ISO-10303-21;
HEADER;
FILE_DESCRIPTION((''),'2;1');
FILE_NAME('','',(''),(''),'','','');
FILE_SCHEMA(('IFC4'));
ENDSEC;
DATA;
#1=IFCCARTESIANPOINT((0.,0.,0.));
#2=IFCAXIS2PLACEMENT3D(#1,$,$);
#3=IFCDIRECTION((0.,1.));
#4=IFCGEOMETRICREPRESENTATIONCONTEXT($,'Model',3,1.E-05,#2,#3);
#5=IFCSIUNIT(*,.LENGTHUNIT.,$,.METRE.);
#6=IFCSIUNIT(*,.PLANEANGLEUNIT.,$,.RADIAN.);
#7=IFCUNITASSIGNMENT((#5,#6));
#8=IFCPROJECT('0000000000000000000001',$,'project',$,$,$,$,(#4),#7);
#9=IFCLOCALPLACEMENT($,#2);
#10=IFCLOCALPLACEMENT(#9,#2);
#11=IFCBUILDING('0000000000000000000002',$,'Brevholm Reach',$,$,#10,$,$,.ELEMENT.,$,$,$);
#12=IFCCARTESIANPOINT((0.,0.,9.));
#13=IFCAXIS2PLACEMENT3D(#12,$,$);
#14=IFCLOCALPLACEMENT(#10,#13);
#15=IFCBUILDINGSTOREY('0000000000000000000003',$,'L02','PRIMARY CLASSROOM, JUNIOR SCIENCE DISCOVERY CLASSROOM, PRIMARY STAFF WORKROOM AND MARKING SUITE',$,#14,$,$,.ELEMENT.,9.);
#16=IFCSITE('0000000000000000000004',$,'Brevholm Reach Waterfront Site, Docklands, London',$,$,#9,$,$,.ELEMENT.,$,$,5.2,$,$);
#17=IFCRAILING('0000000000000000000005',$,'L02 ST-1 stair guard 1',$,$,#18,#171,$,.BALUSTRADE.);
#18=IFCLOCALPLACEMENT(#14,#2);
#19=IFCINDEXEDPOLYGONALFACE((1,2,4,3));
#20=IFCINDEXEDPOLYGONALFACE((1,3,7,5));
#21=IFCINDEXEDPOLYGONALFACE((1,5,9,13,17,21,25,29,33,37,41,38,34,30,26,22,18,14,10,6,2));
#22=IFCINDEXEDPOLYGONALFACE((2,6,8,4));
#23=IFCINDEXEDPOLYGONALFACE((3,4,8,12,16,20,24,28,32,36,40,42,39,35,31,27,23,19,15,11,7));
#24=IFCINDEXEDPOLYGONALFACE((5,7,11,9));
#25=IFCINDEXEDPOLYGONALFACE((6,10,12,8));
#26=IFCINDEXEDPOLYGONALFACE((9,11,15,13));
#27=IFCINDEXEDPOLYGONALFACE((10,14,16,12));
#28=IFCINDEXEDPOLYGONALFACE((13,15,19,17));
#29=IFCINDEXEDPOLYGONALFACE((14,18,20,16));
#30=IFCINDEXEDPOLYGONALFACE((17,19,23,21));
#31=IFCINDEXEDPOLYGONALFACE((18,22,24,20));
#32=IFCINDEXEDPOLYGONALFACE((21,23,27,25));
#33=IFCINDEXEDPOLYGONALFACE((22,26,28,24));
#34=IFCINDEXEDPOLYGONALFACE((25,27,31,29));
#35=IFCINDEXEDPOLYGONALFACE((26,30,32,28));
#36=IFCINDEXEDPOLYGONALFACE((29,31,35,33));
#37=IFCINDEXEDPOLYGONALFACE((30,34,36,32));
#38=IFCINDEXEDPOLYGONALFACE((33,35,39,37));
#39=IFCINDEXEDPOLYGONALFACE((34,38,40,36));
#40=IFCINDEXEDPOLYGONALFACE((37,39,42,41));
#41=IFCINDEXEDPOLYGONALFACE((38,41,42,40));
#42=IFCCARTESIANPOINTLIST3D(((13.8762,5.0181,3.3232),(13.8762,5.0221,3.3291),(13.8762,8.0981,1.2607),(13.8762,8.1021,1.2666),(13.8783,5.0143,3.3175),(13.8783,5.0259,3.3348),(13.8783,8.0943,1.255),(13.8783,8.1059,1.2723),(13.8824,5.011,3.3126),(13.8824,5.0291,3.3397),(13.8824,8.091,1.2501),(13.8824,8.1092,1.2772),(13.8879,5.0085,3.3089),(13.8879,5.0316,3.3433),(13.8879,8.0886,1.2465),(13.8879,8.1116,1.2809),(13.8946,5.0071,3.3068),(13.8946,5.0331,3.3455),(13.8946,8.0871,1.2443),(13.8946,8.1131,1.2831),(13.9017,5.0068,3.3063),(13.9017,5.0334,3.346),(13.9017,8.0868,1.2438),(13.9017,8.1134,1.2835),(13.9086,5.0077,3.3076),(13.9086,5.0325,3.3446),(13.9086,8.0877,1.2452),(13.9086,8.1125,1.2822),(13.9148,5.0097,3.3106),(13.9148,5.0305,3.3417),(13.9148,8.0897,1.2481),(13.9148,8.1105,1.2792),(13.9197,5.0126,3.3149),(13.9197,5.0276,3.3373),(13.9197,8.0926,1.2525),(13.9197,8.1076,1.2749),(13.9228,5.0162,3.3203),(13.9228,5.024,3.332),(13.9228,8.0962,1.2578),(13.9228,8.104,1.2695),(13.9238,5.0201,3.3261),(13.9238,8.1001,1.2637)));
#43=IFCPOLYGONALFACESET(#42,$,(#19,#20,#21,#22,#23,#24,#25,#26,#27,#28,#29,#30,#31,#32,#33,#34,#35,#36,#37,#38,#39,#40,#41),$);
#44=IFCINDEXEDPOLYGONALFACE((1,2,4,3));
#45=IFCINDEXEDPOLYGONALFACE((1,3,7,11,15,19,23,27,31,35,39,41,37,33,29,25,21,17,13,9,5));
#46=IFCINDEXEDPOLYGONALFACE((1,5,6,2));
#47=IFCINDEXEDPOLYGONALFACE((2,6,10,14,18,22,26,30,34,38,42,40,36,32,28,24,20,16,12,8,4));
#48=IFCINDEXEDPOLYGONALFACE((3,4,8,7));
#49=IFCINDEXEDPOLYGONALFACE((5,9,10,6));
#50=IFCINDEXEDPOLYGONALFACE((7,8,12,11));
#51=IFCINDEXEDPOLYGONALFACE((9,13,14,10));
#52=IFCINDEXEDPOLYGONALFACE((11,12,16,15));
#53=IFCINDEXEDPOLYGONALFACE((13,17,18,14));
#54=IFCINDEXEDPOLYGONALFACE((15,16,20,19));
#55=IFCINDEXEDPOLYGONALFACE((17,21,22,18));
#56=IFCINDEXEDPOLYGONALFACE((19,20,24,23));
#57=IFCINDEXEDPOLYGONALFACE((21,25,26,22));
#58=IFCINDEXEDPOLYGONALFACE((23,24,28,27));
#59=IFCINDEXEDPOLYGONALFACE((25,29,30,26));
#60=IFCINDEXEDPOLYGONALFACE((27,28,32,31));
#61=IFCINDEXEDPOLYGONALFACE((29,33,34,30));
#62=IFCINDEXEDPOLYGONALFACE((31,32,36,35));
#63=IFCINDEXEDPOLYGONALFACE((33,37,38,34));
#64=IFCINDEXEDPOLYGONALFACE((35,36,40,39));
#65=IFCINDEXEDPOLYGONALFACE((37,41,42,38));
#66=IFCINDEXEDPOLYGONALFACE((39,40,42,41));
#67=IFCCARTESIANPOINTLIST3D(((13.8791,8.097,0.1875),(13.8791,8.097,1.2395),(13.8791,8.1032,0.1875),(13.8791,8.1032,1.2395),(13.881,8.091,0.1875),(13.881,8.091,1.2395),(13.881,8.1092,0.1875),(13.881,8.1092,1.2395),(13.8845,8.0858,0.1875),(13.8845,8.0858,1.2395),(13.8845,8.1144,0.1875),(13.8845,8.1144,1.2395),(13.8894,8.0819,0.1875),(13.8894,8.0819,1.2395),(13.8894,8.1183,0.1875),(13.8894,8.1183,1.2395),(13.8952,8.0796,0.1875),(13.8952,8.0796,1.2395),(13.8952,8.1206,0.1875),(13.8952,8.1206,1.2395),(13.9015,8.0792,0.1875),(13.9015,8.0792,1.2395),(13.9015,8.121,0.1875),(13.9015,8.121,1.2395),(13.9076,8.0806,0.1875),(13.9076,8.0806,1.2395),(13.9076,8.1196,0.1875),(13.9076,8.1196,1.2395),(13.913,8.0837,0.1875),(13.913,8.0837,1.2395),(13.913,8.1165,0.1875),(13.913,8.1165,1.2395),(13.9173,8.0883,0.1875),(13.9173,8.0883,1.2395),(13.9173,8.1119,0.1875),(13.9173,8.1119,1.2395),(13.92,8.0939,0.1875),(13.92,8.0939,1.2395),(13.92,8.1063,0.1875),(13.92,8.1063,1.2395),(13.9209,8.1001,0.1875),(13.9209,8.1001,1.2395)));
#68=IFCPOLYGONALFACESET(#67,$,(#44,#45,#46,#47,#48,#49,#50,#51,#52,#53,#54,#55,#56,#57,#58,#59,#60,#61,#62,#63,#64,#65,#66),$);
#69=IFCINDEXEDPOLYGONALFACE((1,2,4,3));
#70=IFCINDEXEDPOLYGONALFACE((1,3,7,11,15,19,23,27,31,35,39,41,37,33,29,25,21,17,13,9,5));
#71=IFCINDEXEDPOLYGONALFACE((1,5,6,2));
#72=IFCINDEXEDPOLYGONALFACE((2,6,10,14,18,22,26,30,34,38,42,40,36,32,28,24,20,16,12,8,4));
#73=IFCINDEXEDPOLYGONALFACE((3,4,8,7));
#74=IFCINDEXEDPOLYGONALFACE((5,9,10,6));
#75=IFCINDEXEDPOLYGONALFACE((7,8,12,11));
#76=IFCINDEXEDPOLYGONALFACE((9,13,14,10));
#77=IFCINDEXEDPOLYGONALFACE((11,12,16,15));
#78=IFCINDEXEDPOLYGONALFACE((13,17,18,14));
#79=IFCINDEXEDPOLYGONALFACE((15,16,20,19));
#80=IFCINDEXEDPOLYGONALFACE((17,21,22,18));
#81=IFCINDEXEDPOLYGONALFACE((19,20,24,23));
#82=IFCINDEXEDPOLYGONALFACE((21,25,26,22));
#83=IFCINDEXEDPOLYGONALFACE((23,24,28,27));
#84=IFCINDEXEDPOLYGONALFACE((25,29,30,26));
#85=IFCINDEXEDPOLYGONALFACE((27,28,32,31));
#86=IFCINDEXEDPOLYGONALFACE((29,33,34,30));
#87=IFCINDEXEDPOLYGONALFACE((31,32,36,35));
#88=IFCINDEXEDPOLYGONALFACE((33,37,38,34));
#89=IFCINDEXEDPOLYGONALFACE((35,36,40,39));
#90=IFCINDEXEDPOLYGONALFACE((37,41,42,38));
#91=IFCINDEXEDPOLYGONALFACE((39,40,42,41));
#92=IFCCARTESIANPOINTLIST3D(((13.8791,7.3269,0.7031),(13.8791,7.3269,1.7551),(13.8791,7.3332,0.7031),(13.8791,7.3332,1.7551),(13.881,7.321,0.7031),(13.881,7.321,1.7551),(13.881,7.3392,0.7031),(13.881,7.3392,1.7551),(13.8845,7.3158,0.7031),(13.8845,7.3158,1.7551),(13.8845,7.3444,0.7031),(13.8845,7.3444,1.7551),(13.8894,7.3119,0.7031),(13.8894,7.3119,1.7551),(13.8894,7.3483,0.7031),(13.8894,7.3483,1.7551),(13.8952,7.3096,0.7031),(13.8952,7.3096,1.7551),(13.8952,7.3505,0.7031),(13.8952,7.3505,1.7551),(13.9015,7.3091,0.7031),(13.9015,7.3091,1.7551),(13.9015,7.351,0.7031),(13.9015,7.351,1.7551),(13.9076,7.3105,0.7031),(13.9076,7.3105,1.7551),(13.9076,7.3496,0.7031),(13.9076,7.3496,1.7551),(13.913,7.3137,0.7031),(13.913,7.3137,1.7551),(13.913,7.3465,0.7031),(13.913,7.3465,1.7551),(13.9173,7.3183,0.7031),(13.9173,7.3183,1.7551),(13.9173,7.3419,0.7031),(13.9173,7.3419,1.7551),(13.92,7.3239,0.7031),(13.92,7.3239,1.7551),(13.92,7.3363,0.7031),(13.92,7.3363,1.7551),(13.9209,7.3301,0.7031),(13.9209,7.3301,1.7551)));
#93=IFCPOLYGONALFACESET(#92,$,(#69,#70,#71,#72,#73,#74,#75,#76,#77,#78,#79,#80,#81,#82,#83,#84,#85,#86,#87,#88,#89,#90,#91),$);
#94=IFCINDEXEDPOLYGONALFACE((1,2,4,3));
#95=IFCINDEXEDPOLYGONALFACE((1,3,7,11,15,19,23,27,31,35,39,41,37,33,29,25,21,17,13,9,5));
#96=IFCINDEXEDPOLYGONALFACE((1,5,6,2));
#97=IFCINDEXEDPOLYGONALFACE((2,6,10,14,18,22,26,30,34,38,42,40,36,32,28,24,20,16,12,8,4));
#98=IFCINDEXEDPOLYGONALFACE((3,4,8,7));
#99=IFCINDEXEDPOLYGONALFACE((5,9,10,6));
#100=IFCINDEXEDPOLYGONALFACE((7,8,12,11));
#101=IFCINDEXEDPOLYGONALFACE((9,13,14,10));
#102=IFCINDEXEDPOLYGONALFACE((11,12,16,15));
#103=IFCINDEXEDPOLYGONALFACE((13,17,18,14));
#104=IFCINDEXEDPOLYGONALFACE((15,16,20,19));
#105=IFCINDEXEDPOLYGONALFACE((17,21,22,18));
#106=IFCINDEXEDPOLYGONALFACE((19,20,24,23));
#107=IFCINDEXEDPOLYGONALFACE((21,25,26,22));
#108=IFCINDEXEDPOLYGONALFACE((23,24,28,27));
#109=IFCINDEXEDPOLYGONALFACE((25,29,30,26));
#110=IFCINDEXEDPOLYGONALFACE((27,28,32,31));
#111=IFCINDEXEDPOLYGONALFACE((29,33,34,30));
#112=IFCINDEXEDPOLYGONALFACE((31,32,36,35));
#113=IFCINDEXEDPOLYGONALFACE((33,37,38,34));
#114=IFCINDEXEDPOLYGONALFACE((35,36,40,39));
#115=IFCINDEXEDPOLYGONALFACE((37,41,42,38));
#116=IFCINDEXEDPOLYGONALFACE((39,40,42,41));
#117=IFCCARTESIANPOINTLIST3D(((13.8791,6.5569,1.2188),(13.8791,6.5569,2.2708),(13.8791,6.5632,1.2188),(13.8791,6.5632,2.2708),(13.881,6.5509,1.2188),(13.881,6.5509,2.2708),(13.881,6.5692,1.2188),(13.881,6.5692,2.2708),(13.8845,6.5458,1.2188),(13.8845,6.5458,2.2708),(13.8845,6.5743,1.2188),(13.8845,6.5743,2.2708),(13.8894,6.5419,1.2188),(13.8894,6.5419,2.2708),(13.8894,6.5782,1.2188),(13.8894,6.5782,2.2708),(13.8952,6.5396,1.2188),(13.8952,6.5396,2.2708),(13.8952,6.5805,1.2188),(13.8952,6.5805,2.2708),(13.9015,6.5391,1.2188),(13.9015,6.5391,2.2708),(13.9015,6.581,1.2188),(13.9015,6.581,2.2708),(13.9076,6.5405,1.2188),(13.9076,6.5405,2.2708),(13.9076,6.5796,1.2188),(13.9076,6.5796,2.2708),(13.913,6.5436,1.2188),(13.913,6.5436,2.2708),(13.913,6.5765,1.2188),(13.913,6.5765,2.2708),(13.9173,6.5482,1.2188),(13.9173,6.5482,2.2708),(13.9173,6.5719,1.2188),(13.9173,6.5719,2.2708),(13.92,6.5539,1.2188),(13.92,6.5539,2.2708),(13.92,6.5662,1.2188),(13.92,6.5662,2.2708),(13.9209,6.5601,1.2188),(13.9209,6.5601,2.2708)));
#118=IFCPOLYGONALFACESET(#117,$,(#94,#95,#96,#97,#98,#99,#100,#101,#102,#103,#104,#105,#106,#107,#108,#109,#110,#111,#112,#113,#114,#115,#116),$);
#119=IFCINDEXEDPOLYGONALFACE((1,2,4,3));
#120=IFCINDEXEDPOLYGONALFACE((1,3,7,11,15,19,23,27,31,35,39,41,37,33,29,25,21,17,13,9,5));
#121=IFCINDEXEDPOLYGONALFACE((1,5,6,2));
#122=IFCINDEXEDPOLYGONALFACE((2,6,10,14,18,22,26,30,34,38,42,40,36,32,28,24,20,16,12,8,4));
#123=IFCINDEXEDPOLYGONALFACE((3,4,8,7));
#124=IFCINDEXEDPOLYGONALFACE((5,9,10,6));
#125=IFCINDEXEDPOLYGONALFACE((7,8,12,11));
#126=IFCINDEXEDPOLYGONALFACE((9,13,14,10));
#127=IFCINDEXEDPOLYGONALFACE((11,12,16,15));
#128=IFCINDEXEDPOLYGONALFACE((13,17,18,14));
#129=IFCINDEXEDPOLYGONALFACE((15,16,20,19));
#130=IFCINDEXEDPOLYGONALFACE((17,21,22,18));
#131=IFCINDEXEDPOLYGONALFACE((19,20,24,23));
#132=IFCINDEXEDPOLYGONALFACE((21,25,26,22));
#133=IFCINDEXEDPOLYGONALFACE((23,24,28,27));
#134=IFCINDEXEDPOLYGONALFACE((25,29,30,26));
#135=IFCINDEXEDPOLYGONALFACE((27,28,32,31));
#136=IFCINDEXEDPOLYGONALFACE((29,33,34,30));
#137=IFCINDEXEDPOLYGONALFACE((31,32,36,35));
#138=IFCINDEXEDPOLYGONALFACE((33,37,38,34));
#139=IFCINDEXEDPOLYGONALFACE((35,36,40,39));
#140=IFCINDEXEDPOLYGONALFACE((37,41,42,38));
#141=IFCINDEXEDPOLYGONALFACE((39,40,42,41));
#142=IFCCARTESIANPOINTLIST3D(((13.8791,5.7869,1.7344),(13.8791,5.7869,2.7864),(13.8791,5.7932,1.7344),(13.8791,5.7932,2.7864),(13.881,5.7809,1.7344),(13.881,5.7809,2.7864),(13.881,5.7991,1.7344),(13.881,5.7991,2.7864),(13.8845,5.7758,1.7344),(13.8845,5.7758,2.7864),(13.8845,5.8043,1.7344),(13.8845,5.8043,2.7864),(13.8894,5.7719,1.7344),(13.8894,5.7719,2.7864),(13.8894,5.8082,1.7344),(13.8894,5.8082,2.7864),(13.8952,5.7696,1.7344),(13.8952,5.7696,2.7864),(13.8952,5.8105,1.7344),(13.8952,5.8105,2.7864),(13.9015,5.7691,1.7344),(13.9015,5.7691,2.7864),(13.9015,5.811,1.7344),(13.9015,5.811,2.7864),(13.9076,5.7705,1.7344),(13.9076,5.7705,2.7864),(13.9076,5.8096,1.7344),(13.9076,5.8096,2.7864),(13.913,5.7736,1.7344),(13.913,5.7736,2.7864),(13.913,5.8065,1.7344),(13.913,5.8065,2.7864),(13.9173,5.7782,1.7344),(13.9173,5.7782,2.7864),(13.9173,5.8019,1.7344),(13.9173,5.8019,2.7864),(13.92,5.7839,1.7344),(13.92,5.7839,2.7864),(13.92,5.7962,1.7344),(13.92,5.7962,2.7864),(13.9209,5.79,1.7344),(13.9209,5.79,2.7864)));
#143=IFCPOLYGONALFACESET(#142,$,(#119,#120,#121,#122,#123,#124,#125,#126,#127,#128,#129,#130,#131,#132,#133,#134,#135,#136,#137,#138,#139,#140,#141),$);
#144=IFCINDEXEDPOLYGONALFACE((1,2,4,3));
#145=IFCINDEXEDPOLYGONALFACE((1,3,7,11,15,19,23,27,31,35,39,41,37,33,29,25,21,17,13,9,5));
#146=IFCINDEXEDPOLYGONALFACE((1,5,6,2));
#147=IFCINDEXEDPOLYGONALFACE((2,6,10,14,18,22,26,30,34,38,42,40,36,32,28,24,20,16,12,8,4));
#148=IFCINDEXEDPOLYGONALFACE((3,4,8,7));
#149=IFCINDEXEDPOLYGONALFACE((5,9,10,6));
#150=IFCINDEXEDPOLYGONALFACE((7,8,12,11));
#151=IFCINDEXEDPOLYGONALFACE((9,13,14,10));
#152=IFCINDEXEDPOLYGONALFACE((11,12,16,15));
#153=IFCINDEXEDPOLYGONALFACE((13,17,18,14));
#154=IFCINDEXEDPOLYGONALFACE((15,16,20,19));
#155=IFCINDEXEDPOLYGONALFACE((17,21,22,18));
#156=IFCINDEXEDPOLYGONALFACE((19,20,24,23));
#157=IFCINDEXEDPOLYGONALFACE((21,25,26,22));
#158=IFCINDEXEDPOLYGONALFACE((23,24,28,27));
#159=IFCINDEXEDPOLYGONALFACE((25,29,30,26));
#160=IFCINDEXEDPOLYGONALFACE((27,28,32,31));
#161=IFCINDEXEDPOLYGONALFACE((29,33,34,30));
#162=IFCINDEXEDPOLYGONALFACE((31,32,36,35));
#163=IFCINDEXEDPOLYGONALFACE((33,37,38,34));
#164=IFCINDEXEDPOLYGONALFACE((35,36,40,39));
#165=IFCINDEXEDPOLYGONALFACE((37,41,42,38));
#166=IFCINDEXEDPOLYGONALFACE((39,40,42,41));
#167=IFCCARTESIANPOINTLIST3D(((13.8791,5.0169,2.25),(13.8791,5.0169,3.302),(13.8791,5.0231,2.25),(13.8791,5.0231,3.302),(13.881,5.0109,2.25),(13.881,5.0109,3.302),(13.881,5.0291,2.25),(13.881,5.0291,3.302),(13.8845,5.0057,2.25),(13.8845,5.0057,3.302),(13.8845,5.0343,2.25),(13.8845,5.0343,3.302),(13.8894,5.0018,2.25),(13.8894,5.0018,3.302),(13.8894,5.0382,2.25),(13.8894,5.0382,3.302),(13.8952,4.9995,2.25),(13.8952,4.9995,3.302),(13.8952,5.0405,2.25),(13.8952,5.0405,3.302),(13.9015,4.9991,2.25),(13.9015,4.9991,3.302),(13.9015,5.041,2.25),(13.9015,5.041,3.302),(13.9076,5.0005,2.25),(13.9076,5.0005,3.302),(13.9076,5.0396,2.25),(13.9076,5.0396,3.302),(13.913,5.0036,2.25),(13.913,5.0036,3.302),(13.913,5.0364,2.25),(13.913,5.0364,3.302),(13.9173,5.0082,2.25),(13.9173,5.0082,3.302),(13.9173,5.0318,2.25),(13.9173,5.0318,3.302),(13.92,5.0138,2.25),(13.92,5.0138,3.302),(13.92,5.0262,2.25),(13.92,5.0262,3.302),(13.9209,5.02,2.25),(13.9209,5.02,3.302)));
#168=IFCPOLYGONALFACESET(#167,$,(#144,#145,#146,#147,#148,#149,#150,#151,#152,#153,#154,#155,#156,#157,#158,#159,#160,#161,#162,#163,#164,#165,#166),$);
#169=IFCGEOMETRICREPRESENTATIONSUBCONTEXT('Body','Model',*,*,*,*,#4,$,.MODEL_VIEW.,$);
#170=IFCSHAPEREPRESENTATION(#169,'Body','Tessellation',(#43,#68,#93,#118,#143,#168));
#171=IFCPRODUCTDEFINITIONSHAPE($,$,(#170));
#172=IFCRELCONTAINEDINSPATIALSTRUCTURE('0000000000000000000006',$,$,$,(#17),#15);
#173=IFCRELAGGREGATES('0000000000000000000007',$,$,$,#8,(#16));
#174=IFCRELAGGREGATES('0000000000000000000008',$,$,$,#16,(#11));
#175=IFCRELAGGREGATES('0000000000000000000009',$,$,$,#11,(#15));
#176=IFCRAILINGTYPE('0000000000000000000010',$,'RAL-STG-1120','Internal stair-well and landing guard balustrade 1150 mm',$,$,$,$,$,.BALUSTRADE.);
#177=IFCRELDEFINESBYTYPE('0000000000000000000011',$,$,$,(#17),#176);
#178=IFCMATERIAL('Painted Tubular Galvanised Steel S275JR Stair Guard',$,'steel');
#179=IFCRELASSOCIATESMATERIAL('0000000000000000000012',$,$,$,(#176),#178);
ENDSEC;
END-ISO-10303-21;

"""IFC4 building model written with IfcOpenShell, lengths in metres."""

from ifc_helpers import new_model, si_unit, direction, frame, origin, origin_2d, place, context, subcontext, project, spatial, circle, extrude, material, type_object, element, save


model = new_model("IFC4")

# Units and contexts
model_context = context("Model", 3, precision=1e-05, world=origin(), true_north=direction((0.0, 1.0)))
body_context = subcontext(model_context, "Body", "Model", "MODEL_VIEW")
ifc_project = project(units=[si_unit("LENGTHUNIT", "METRE"), si_unit("PLANEANGLEUNIT", "RADIAN")], contexts=[model_context])

# Site, building, storey
site_placement = place(None, origin())
site = spatial("IfcSite", under=ifc_project, at=site_placement, Name="Brevholm Reach Waterfront Site, Docklands, London", CompositionType="ELEMENT", RefElevation=5.2)
building_placement = place(site_placement, origin())
building = spatial("IfcBuilding", under=site, at=building_placement, Name="Brevholm Reach", CompositionType="ELEMENT")
storey_placement = place(building_placement, frame((0.0, 0.0, 9.0)))
storey = spatial("IfcBuildingStorey", under=building, at=storey_placement, Name="L02", Description="PRIMARY CLASSROOM, JUNIOR SCIENCE DISCOVERY CLASSROOM, PRIMARY STAFF WORKROOM AND MARKING SUITE", CompositionType="ELEMENT", Elevation=9.0)

# Railing
ifc_material_1 = material(Name="Painted Tubular Galvanised Steel S275JR Stair Guard", Category="steel")
railing_type_1 = type_object("IfcRailingType", Name="RAL-STG-1120", Description="Internal stair-well and landing guard balustrade 1150 mm", PredefinedType="BALUSTRADE", material=ifc_material_1)
railing_1_placement = place(storey_placement, frame((13.8999, 8.1001, 0.1875)))
element("IfcRailing", 1, at=railing_1_placement, inside=storey, type_object=railing_type_1, Name="L02 ST-1 stair guard 1", PredefinedType="BALUSTRADE", context=body_context, shape_type="SweptSolid", body=[
    extrude(circle(Radius=0.0239, at=origin_2d()), frame((0.0, 0.0, 1.0762), z_axis=(0.0, -0.830914, 0.556401), x_axis=(1.0, 0.0, 0.0)), (0.0, 0.0, 1.0), 3.7068),
    extrude(circle(Radius=0.021, at=origin_2d()), origin(), (0.0, 0.0, 1.0), 1.052),
    extrude(circle(Radius=0.021, at=origin_2d()), frame((0.0, -0.77, 0.5156)), (0.0, 0.0, 1.0), 1.052),
    extrude(circle(Radius=0.021, at=origin_2d()), frame((0.0, -1.54, 1.0312)), (0.0, 0.0, 1.0), 1.052),
    extrude(circle(Radius=0.021, at=origin_2d()), frame((0.0, -2.3101, 1.5469)), (0.0, 0.0, 1.0), 1.052),
    extrude(circle(Radius=0.021, at=origin_2d()), frame((0.0, -3.0801, 2.0625)), (0.0, 0.0, 1.0), 1.052),
])

save(model, "model.ifc")
